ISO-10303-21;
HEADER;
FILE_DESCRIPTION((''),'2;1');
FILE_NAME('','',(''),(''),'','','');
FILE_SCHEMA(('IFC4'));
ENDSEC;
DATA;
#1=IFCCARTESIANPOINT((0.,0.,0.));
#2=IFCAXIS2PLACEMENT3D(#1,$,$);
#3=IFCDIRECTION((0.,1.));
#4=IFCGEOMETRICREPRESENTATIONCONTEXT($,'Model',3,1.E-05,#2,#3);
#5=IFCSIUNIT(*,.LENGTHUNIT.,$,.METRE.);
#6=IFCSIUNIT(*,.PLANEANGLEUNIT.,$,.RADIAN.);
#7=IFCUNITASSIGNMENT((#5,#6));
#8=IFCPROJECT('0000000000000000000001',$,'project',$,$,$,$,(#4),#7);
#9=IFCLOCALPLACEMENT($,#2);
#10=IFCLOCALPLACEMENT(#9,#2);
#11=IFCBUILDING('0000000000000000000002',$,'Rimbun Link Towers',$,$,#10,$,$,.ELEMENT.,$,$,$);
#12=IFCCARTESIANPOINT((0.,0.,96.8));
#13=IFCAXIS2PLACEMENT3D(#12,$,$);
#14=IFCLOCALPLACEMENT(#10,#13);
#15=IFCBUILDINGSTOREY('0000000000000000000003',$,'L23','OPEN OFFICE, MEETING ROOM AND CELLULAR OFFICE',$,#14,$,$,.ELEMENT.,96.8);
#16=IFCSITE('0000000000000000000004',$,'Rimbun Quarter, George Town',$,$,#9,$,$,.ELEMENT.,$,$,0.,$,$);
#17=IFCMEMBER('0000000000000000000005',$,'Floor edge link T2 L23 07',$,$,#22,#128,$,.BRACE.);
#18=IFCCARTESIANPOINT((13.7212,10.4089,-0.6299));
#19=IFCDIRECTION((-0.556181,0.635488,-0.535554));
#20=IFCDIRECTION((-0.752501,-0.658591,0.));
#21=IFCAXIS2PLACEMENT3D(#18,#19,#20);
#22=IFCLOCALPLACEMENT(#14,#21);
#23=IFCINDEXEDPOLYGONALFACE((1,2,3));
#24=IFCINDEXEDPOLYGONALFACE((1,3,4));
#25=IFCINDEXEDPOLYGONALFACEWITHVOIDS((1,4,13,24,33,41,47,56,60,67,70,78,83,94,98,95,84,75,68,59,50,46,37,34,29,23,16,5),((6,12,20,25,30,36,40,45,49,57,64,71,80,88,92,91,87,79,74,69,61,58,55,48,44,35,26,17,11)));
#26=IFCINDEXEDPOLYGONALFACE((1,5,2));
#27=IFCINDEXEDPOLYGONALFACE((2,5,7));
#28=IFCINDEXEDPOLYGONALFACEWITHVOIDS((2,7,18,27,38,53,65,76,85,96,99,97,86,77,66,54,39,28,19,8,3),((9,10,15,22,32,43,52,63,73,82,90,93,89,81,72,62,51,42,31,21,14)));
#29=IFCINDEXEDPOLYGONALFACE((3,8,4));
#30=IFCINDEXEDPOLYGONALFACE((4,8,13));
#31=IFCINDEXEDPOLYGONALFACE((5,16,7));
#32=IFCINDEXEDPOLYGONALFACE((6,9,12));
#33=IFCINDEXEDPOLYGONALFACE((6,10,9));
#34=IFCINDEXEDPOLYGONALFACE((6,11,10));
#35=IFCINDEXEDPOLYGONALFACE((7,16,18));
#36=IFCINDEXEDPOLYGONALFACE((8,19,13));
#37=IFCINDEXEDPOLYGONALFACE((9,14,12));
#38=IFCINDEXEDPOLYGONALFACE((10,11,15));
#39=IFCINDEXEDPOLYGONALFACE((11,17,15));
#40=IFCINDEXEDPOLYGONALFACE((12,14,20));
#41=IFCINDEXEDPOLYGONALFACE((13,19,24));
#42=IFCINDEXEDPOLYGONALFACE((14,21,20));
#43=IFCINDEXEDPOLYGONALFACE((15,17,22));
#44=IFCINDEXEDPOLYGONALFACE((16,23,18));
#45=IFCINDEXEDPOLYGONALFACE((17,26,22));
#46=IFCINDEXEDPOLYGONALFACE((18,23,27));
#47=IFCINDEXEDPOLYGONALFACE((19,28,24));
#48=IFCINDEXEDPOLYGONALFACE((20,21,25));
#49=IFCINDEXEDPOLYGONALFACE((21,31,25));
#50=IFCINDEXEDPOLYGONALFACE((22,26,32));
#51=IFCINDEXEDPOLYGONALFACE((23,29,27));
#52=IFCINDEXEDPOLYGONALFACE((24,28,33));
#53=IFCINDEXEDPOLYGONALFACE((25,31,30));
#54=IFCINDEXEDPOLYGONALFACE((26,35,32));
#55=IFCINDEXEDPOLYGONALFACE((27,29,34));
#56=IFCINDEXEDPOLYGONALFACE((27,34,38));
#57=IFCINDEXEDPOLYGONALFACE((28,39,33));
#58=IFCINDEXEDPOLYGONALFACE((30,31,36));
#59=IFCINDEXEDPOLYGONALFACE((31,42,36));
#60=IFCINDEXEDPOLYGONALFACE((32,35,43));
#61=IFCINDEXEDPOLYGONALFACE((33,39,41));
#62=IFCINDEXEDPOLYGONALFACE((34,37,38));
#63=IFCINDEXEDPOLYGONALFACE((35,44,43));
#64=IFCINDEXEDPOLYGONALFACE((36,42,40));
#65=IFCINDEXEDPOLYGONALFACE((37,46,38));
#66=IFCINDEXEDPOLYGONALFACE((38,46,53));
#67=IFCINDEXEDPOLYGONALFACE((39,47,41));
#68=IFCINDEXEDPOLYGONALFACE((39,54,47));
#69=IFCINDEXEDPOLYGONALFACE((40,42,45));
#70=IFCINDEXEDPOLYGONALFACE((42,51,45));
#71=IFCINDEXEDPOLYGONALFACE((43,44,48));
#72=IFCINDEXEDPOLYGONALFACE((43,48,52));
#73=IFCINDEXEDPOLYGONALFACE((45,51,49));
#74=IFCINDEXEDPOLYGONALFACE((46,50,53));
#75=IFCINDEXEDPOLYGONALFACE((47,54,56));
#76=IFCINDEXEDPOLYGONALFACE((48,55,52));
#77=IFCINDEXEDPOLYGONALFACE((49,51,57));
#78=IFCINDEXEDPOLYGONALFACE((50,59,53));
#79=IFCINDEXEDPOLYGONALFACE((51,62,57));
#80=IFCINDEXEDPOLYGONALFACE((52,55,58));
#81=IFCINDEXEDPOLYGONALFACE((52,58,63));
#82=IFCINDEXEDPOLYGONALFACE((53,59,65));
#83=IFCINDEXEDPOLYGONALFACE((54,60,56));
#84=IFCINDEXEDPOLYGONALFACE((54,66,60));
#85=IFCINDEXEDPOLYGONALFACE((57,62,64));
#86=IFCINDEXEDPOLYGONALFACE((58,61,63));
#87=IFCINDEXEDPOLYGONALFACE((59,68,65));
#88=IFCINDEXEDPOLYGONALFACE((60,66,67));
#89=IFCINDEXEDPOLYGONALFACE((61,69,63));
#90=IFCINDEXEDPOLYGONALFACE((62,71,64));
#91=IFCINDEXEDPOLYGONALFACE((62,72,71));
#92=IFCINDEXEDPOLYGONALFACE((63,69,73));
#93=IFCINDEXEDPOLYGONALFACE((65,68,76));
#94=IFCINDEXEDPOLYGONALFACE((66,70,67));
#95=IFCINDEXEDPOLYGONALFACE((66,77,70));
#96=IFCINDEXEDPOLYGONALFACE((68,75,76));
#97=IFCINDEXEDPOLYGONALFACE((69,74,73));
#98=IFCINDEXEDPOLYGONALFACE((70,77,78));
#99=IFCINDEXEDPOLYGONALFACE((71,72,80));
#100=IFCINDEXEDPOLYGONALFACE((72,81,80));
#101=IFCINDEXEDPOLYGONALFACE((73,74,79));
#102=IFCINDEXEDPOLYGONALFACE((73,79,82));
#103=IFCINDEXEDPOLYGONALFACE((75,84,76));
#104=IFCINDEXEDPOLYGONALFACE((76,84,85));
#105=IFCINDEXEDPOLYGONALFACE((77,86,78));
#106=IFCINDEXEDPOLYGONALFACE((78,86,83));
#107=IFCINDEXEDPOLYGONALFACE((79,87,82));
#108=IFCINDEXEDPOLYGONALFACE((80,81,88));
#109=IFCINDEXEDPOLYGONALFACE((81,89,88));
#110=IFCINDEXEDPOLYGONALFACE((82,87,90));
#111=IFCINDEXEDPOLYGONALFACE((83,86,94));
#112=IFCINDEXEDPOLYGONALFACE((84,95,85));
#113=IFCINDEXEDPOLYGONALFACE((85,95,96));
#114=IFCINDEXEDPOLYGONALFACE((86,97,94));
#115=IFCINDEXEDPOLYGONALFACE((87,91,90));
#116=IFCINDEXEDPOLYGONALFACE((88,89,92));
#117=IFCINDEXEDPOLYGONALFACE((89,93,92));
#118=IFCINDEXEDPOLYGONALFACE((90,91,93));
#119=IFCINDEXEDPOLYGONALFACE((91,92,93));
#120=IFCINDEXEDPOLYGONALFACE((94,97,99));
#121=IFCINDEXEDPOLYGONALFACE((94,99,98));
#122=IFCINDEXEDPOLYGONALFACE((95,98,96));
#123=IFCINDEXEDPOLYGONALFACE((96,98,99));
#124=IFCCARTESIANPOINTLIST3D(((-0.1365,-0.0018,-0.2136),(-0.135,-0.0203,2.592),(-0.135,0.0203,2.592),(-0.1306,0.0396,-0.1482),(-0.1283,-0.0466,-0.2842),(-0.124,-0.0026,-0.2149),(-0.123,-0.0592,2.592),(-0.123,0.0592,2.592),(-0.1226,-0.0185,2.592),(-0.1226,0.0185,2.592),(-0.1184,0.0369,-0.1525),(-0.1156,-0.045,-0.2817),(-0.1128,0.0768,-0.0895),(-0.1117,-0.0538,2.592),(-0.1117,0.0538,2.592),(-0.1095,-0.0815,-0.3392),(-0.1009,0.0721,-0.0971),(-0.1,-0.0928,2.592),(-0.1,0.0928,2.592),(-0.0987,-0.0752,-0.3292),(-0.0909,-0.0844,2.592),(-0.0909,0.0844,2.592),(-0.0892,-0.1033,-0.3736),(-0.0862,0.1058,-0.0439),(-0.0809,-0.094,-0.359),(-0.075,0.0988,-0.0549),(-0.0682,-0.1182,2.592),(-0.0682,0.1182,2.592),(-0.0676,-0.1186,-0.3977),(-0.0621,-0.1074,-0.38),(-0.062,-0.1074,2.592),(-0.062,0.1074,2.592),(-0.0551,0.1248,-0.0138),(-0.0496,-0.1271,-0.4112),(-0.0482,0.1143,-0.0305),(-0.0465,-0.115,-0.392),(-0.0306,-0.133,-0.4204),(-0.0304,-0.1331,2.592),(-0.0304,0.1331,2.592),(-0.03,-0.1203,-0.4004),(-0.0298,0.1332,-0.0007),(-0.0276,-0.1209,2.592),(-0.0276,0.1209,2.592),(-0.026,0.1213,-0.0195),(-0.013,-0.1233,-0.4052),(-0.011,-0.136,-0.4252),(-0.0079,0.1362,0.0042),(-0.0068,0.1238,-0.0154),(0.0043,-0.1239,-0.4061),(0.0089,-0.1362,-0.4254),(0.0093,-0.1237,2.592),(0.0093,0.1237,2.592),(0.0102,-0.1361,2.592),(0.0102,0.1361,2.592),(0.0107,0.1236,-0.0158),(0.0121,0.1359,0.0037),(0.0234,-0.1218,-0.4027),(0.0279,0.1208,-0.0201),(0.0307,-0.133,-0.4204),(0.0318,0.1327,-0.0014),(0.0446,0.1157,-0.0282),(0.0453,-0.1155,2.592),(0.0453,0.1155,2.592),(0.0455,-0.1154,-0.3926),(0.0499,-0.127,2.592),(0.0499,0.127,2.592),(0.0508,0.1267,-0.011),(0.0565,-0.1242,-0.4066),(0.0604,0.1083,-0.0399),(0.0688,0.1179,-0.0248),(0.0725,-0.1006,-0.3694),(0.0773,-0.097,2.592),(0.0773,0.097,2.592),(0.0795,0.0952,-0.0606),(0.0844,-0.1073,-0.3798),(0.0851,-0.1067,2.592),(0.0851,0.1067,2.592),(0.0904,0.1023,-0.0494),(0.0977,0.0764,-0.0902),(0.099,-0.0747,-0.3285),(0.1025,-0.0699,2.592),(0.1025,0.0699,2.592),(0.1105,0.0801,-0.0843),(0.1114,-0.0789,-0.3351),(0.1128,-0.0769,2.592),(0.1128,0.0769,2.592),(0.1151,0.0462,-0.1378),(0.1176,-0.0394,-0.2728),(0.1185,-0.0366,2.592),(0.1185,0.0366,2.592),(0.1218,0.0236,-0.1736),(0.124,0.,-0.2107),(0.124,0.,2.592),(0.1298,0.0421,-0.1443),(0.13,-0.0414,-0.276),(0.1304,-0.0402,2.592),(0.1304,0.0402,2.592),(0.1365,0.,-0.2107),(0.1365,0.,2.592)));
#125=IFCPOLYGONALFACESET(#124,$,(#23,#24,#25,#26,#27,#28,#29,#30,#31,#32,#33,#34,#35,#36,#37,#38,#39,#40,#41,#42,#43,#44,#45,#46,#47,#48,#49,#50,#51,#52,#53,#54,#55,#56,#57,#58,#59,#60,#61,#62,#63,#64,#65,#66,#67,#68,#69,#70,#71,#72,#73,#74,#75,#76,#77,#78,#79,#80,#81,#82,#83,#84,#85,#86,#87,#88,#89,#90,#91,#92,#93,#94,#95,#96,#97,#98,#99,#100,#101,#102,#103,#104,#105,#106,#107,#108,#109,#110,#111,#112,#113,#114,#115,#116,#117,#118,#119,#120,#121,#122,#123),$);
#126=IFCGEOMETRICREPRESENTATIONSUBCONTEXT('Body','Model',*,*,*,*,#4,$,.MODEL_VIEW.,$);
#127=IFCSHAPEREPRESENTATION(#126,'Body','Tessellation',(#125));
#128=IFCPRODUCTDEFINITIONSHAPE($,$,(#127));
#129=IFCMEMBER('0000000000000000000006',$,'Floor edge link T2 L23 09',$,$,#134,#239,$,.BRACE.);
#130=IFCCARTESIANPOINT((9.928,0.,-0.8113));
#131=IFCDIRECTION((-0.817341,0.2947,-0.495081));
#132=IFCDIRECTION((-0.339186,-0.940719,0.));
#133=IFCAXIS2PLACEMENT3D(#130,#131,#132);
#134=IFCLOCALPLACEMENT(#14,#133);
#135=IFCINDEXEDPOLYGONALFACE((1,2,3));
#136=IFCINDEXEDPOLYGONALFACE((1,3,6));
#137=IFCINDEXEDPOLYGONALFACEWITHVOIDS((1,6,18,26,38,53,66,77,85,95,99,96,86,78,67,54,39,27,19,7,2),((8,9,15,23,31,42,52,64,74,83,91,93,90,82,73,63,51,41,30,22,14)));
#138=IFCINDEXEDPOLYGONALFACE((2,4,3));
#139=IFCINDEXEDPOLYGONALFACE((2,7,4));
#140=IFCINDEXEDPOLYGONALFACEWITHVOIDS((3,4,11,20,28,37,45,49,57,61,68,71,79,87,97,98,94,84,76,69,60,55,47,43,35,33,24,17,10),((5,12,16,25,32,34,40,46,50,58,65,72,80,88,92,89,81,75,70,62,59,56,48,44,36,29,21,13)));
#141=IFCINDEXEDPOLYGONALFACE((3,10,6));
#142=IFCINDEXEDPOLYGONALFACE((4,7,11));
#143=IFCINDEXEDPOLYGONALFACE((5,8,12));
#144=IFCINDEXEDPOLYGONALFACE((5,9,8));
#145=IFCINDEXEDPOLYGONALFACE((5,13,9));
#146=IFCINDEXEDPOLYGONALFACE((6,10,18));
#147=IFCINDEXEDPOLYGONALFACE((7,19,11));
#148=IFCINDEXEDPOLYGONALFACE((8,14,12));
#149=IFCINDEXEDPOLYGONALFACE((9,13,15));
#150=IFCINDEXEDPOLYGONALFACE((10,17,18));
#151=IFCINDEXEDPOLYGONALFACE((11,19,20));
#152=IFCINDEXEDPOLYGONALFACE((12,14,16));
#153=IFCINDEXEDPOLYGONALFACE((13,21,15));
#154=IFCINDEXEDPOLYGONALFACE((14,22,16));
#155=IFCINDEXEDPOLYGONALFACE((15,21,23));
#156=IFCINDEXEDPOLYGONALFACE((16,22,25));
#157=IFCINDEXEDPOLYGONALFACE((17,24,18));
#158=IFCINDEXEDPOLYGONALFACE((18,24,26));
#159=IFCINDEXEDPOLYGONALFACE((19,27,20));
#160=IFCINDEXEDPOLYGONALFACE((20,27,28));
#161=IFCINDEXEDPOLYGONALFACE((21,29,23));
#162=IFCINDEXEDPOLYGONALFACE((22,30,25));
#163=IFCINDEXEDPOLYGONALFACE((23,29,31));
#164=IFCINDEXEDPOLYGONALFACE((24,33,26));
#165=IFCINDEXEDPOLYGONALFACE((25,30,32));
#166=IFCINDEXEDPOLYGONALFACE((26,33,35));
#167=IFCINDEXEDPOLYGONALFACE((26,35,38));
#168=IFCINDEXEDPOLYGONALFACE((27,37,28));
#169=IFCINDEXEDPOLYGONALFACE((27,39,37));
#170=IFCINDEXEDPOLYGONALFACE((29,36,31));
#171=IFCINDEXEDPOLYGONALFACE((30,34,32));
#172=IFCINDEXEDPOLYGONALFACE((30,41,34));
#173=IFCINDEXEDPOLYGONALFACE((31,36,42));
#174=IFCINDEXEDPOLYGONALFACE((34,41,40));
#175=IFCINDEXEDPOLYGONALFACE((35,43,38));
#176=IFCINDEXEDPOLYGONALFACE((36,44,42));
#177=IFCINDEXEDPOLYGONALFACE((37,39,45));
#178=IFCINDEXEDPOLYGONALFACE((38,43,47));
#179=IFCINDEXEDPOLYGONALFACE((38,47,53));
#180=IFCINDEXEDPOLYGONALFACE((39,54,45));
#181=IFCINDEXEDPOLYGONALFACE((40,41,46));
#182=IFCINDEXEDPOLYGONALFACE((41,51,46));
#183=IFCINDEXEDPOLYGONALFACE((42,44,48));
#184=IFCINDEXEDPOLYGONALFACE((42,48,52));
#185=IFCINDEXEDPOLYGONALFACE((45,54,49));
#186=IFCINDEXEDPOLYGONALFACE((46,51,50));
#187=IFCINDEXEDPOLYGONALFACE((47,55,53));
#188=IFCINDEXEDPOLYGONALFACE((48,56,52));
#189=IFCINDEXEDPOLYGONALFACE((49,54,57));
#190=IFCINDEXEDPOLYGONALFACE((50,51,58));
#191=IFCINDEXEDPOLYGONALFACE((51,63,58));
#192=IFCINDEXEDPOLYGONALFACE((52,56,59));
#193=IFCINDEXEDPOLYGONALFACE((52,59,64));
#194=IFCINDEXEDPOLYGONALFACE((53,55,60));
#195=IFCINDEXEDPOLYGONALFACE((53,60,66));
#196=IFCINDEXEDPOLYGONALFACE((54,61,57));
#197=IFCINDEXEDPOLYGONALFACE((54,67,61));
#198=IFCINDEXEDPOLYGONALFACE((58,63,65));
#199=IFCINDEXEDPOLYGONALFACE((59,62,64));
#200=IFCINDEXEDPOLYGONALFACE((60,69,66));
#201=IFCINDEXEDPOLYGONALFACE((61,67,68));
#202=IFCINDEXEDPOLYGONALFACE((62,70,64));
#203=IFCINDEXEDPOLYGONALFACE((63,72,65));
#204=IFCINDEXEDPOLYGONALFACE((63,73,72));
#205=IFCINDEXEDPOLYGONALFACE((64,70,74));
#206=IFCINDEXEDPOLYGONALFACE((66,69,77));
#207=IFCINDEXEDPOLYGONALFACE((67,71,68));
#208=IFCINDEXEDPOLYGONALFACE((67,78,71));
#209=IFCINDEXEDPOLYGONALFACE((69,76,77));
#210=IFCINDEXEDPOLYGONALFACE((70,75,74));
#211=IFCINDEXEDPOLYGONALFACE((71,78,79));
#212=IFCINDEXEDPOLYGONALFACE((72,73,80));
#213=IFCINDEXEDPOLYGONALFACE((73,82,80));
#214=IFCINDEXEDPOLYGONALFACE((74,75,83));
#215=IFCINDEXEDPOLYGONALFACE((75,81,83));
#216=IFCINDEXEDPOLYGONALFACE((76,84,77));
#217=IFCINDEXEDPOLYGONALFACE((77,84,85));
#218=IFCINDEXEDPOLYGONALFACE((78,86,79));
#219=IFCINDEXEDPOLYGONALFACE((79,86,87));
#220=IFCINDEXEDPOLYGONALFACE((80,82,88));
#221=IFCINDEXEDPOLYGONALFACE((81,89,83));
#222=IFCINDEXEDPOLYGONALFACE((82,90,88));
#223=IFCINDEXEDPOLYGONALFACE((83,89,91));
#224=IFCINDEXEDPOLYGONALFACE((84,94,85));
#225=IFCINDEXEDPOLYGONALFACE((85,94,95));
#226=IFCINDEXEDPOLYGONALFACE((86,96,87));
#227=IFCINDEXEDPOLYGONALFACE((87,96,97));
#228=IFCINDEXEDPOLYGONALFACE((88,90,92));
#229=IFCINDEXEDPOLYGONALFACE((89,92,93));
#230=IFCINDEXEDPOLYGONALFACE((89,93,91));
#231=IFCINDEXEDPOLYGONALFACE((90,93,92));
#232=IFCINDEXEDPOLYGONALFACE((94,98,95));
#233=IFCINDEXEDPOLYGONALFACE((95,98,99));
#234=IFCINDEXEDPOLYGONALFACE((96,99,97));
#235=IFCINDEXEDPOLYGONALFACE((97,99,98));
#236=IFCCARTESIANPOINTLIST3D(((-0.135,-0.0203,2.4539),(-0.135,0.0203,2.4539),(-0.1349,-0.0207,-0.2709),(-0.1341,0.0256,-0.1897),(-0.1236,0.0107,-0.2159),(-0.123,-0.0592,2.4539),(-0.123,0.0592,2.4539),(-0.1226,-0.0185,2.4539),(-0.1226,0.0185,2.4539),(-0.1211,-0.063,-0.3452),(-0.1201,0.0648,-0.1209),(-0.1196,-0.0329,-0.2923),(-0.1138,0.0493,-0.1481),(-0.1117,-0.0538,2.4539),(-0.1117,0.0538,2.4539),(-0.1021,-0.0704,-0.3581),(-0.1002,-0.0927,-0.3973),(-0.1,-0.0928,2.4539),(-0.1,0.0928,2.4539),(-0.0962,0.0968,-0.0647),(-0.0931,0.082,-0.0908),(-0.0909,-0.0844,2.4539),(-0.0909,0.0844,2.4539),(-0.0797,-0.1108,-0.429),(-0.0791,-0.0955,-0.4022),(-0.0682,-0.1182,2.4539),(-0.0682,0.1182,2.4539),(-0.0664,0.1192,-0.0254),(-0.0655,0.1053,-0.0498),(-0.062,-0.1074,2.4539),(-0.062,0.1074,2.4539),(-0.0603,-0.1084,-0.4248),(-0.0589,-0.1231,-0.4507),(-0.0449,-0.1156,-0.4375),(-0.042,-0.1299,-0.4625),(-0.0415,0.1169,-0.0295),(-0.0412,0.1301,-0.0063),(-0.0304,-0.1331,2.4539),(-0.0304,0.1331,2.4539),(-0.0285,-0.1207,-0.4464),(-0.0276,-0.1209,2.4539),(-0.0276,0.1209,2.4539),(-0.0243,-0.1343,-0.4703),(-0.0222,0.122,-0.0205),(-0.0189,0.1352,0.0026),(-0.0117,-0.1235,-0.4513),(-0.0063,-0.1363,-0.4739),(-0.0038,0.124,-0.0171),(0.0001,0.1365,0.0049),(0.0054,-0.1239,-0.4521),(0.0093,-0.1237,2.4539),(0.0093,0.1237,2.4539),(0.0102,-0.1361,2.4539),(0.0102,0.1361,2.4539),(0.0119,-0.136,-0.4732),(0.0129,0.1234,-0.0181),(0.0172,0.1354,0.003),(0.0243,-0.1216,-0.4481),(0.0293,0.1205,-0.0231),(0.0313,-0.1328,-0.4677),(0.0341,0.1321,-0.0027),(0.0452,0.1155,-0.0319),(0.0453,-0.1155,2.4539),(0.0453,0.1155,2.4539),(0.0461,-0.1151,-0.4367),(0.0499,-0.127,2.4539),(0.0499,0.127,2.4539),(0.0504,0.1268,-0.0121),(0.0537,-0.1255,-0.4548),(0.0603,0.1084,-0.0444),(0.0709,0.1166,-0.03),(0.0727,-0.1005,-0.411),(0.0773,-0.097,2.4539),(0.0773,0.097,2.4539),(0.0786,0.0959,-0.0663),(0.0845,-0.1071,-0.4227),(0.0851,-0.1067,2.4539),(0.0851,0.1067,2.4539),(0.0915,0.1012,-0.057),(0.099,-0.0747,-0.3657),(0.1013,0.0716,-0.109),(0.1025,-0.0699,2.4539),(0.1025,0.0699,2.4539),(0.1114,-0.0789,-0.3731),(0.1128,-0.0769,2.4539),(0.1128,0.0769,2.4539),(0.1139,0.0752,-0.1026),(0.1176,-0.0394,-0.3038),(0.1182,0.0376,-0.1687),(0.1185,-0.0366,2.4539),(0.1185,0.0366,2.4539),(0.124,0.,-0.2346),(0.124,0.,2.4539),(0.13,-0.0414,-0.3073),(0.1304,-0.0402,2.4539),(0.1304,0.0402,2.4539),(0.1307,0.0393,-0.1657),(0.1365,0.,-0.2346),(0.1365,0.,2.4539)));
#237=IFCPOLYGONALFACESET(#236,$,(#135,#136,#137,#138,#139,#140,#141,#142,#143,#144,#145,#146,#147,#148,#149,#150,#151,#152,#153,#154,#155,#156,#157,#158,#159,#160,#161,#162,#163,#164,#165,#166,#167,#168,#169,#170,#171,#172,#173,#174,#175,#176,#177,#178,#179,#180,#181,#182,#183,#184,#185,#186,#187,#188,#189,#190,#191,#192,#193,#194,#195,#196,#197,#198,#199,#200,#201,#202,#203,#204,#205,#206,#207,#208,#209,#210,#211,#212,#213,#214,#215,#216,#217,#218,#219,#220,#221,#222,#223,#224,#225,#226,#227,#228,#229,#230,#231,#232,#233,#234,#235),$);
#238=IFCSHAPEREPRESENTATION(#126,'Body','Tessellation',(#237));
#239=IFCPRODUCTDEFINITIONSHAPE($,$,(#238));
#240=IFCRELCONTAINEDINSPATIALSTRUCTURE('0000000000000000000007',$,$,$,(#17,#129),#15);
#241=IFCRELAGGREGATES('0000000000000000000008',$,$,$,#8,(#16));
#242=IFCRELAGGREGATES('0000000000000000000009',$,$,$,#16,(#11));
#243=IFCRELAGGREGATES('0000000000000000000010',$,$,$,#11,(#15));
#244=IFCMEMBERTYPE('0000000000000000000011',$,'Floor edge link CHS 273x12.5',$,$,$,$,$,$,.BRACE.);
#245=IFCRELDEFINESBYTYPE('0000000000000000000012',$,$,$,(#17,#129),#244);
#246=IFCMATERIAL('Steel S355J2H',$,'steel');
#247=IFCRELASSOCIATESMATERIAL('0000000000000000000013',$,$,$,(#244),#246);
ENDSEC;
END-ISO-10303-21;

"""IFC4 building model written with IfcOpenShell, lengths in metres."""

from ifc_helpers import new_model, si_unit, direction, frame, origin, origin_2d, place, context, subcontext, project, spatial, hollow_circle, extrude, clip, halfspace, material, material_profile, profile_set, type_object, element, save


model = new_model("IFC4")

# Units and contexts
model_context = context("Model", 3, precision=1e-05, world=origin(), true_north=direction((0.0, 1.0)))
body_context = subcontext(model_context, "Body", "Model", "MODEL_VIEW")
ifc_project = project(units=[si_unit("LENGTHUNIT", "METRE"), si_unit("PLANEANGLEUNIT", "RADIAN")], contexts=[model_context])

# Site, building, storey
site_placement = place(None, origin())
site = spatial("IfcSite", under=ifc_project, at=site_placement, Name="Rimbun Quarter, George Town", CompositionType="ELEMENT", RefElevation=0.0)
building_placement = place(site_placement, origin())
building = spatial("IfcBuilding", under=site, at=building_placement, Name="Rimbun Link Towers", CompositionType="ELEMENT")
storey_placement = place(building_placement, frame((0.0, 0.0, 96.8)))
storey = spatial("IfcBuildingStorey", under=building, at=storey_placement, Name="L23", Description="OPEN OFFICE, MEETING ROOM AND CELLULAR OFFICE", CompositionType="ELEMENT", Elevation=96.8)

# Members
ifc_material_1 = material(Name="Steel S355J2H", Category="steel")
ifc_material_profile_1 = material_profile(ifc_material_1, hollow_circle(Radius=0.1365, WallThickness=0.0125, at=origin_2d()), Name="CHS 273x12.5")
ifc_profile_set_1 = profile_set([ifc_material_profile_1], Name="Steel S355J2H")
member_type_1 = type_object("IfcMemberType", Name="Floor edge link CHS 273x12.5", PredefinedType="BRACE", material=ifc_profile_set_1)
member_1_placement = place(storey_placement, frame((13.7212, 10.4089, -0.6299), z_axis=(-0.556181, 0.635488, -0.535554), x_axis=(-0.752501, -0.658591, 0.0)))
element("IfcMember", 1, at=member_1_placement, inside=storey, type_object=member_type_1, Name="Floor edge link T2 L23 07", PredefinedType="BRACE", context=body_context, shape_type="Clipping", body=[
    clip(extrude(hollow_circle(Radius=0.1365, WallThickness=0.0125, at=origin_2d()), frame((0.0, 0.0, -0.4492)), (0.0, 0.0, 1.0), 3.0413), halfspace(frame((0.0, 0.0, -0.2107), z_axis=(0.0, 0.844501, -0.535554)), False)),
])
member_2_placement = place(storey_placement, frame((9.928, 0.0, -0.8113), z_axis=(-0.817341, 0.2947, -0.495081), x_axis=(-0.339186, -0.940719, 0.0)))
element("IfcMember", 2, at=member_2_placement, inside=storey, type_object=member_type_1, Name="Floor edge link T2 L23 09", PredefinedType="BRACE", context=body_context, shape_type="Clipping", body=[
    clip(extrude(hollow_circle(Radius=0.1365, WallThickness=0.0125, at=origin_2d()), frame((0.0, 0.0, -0.4993)), (0.0, 0.0, 1.0), 2.9531), halfspace(frame((0.0, 0.0, -0.2346), z_axis=(0.0, 0.868847, -0.495081)), False)),
])

save(model, "model.ifc")
